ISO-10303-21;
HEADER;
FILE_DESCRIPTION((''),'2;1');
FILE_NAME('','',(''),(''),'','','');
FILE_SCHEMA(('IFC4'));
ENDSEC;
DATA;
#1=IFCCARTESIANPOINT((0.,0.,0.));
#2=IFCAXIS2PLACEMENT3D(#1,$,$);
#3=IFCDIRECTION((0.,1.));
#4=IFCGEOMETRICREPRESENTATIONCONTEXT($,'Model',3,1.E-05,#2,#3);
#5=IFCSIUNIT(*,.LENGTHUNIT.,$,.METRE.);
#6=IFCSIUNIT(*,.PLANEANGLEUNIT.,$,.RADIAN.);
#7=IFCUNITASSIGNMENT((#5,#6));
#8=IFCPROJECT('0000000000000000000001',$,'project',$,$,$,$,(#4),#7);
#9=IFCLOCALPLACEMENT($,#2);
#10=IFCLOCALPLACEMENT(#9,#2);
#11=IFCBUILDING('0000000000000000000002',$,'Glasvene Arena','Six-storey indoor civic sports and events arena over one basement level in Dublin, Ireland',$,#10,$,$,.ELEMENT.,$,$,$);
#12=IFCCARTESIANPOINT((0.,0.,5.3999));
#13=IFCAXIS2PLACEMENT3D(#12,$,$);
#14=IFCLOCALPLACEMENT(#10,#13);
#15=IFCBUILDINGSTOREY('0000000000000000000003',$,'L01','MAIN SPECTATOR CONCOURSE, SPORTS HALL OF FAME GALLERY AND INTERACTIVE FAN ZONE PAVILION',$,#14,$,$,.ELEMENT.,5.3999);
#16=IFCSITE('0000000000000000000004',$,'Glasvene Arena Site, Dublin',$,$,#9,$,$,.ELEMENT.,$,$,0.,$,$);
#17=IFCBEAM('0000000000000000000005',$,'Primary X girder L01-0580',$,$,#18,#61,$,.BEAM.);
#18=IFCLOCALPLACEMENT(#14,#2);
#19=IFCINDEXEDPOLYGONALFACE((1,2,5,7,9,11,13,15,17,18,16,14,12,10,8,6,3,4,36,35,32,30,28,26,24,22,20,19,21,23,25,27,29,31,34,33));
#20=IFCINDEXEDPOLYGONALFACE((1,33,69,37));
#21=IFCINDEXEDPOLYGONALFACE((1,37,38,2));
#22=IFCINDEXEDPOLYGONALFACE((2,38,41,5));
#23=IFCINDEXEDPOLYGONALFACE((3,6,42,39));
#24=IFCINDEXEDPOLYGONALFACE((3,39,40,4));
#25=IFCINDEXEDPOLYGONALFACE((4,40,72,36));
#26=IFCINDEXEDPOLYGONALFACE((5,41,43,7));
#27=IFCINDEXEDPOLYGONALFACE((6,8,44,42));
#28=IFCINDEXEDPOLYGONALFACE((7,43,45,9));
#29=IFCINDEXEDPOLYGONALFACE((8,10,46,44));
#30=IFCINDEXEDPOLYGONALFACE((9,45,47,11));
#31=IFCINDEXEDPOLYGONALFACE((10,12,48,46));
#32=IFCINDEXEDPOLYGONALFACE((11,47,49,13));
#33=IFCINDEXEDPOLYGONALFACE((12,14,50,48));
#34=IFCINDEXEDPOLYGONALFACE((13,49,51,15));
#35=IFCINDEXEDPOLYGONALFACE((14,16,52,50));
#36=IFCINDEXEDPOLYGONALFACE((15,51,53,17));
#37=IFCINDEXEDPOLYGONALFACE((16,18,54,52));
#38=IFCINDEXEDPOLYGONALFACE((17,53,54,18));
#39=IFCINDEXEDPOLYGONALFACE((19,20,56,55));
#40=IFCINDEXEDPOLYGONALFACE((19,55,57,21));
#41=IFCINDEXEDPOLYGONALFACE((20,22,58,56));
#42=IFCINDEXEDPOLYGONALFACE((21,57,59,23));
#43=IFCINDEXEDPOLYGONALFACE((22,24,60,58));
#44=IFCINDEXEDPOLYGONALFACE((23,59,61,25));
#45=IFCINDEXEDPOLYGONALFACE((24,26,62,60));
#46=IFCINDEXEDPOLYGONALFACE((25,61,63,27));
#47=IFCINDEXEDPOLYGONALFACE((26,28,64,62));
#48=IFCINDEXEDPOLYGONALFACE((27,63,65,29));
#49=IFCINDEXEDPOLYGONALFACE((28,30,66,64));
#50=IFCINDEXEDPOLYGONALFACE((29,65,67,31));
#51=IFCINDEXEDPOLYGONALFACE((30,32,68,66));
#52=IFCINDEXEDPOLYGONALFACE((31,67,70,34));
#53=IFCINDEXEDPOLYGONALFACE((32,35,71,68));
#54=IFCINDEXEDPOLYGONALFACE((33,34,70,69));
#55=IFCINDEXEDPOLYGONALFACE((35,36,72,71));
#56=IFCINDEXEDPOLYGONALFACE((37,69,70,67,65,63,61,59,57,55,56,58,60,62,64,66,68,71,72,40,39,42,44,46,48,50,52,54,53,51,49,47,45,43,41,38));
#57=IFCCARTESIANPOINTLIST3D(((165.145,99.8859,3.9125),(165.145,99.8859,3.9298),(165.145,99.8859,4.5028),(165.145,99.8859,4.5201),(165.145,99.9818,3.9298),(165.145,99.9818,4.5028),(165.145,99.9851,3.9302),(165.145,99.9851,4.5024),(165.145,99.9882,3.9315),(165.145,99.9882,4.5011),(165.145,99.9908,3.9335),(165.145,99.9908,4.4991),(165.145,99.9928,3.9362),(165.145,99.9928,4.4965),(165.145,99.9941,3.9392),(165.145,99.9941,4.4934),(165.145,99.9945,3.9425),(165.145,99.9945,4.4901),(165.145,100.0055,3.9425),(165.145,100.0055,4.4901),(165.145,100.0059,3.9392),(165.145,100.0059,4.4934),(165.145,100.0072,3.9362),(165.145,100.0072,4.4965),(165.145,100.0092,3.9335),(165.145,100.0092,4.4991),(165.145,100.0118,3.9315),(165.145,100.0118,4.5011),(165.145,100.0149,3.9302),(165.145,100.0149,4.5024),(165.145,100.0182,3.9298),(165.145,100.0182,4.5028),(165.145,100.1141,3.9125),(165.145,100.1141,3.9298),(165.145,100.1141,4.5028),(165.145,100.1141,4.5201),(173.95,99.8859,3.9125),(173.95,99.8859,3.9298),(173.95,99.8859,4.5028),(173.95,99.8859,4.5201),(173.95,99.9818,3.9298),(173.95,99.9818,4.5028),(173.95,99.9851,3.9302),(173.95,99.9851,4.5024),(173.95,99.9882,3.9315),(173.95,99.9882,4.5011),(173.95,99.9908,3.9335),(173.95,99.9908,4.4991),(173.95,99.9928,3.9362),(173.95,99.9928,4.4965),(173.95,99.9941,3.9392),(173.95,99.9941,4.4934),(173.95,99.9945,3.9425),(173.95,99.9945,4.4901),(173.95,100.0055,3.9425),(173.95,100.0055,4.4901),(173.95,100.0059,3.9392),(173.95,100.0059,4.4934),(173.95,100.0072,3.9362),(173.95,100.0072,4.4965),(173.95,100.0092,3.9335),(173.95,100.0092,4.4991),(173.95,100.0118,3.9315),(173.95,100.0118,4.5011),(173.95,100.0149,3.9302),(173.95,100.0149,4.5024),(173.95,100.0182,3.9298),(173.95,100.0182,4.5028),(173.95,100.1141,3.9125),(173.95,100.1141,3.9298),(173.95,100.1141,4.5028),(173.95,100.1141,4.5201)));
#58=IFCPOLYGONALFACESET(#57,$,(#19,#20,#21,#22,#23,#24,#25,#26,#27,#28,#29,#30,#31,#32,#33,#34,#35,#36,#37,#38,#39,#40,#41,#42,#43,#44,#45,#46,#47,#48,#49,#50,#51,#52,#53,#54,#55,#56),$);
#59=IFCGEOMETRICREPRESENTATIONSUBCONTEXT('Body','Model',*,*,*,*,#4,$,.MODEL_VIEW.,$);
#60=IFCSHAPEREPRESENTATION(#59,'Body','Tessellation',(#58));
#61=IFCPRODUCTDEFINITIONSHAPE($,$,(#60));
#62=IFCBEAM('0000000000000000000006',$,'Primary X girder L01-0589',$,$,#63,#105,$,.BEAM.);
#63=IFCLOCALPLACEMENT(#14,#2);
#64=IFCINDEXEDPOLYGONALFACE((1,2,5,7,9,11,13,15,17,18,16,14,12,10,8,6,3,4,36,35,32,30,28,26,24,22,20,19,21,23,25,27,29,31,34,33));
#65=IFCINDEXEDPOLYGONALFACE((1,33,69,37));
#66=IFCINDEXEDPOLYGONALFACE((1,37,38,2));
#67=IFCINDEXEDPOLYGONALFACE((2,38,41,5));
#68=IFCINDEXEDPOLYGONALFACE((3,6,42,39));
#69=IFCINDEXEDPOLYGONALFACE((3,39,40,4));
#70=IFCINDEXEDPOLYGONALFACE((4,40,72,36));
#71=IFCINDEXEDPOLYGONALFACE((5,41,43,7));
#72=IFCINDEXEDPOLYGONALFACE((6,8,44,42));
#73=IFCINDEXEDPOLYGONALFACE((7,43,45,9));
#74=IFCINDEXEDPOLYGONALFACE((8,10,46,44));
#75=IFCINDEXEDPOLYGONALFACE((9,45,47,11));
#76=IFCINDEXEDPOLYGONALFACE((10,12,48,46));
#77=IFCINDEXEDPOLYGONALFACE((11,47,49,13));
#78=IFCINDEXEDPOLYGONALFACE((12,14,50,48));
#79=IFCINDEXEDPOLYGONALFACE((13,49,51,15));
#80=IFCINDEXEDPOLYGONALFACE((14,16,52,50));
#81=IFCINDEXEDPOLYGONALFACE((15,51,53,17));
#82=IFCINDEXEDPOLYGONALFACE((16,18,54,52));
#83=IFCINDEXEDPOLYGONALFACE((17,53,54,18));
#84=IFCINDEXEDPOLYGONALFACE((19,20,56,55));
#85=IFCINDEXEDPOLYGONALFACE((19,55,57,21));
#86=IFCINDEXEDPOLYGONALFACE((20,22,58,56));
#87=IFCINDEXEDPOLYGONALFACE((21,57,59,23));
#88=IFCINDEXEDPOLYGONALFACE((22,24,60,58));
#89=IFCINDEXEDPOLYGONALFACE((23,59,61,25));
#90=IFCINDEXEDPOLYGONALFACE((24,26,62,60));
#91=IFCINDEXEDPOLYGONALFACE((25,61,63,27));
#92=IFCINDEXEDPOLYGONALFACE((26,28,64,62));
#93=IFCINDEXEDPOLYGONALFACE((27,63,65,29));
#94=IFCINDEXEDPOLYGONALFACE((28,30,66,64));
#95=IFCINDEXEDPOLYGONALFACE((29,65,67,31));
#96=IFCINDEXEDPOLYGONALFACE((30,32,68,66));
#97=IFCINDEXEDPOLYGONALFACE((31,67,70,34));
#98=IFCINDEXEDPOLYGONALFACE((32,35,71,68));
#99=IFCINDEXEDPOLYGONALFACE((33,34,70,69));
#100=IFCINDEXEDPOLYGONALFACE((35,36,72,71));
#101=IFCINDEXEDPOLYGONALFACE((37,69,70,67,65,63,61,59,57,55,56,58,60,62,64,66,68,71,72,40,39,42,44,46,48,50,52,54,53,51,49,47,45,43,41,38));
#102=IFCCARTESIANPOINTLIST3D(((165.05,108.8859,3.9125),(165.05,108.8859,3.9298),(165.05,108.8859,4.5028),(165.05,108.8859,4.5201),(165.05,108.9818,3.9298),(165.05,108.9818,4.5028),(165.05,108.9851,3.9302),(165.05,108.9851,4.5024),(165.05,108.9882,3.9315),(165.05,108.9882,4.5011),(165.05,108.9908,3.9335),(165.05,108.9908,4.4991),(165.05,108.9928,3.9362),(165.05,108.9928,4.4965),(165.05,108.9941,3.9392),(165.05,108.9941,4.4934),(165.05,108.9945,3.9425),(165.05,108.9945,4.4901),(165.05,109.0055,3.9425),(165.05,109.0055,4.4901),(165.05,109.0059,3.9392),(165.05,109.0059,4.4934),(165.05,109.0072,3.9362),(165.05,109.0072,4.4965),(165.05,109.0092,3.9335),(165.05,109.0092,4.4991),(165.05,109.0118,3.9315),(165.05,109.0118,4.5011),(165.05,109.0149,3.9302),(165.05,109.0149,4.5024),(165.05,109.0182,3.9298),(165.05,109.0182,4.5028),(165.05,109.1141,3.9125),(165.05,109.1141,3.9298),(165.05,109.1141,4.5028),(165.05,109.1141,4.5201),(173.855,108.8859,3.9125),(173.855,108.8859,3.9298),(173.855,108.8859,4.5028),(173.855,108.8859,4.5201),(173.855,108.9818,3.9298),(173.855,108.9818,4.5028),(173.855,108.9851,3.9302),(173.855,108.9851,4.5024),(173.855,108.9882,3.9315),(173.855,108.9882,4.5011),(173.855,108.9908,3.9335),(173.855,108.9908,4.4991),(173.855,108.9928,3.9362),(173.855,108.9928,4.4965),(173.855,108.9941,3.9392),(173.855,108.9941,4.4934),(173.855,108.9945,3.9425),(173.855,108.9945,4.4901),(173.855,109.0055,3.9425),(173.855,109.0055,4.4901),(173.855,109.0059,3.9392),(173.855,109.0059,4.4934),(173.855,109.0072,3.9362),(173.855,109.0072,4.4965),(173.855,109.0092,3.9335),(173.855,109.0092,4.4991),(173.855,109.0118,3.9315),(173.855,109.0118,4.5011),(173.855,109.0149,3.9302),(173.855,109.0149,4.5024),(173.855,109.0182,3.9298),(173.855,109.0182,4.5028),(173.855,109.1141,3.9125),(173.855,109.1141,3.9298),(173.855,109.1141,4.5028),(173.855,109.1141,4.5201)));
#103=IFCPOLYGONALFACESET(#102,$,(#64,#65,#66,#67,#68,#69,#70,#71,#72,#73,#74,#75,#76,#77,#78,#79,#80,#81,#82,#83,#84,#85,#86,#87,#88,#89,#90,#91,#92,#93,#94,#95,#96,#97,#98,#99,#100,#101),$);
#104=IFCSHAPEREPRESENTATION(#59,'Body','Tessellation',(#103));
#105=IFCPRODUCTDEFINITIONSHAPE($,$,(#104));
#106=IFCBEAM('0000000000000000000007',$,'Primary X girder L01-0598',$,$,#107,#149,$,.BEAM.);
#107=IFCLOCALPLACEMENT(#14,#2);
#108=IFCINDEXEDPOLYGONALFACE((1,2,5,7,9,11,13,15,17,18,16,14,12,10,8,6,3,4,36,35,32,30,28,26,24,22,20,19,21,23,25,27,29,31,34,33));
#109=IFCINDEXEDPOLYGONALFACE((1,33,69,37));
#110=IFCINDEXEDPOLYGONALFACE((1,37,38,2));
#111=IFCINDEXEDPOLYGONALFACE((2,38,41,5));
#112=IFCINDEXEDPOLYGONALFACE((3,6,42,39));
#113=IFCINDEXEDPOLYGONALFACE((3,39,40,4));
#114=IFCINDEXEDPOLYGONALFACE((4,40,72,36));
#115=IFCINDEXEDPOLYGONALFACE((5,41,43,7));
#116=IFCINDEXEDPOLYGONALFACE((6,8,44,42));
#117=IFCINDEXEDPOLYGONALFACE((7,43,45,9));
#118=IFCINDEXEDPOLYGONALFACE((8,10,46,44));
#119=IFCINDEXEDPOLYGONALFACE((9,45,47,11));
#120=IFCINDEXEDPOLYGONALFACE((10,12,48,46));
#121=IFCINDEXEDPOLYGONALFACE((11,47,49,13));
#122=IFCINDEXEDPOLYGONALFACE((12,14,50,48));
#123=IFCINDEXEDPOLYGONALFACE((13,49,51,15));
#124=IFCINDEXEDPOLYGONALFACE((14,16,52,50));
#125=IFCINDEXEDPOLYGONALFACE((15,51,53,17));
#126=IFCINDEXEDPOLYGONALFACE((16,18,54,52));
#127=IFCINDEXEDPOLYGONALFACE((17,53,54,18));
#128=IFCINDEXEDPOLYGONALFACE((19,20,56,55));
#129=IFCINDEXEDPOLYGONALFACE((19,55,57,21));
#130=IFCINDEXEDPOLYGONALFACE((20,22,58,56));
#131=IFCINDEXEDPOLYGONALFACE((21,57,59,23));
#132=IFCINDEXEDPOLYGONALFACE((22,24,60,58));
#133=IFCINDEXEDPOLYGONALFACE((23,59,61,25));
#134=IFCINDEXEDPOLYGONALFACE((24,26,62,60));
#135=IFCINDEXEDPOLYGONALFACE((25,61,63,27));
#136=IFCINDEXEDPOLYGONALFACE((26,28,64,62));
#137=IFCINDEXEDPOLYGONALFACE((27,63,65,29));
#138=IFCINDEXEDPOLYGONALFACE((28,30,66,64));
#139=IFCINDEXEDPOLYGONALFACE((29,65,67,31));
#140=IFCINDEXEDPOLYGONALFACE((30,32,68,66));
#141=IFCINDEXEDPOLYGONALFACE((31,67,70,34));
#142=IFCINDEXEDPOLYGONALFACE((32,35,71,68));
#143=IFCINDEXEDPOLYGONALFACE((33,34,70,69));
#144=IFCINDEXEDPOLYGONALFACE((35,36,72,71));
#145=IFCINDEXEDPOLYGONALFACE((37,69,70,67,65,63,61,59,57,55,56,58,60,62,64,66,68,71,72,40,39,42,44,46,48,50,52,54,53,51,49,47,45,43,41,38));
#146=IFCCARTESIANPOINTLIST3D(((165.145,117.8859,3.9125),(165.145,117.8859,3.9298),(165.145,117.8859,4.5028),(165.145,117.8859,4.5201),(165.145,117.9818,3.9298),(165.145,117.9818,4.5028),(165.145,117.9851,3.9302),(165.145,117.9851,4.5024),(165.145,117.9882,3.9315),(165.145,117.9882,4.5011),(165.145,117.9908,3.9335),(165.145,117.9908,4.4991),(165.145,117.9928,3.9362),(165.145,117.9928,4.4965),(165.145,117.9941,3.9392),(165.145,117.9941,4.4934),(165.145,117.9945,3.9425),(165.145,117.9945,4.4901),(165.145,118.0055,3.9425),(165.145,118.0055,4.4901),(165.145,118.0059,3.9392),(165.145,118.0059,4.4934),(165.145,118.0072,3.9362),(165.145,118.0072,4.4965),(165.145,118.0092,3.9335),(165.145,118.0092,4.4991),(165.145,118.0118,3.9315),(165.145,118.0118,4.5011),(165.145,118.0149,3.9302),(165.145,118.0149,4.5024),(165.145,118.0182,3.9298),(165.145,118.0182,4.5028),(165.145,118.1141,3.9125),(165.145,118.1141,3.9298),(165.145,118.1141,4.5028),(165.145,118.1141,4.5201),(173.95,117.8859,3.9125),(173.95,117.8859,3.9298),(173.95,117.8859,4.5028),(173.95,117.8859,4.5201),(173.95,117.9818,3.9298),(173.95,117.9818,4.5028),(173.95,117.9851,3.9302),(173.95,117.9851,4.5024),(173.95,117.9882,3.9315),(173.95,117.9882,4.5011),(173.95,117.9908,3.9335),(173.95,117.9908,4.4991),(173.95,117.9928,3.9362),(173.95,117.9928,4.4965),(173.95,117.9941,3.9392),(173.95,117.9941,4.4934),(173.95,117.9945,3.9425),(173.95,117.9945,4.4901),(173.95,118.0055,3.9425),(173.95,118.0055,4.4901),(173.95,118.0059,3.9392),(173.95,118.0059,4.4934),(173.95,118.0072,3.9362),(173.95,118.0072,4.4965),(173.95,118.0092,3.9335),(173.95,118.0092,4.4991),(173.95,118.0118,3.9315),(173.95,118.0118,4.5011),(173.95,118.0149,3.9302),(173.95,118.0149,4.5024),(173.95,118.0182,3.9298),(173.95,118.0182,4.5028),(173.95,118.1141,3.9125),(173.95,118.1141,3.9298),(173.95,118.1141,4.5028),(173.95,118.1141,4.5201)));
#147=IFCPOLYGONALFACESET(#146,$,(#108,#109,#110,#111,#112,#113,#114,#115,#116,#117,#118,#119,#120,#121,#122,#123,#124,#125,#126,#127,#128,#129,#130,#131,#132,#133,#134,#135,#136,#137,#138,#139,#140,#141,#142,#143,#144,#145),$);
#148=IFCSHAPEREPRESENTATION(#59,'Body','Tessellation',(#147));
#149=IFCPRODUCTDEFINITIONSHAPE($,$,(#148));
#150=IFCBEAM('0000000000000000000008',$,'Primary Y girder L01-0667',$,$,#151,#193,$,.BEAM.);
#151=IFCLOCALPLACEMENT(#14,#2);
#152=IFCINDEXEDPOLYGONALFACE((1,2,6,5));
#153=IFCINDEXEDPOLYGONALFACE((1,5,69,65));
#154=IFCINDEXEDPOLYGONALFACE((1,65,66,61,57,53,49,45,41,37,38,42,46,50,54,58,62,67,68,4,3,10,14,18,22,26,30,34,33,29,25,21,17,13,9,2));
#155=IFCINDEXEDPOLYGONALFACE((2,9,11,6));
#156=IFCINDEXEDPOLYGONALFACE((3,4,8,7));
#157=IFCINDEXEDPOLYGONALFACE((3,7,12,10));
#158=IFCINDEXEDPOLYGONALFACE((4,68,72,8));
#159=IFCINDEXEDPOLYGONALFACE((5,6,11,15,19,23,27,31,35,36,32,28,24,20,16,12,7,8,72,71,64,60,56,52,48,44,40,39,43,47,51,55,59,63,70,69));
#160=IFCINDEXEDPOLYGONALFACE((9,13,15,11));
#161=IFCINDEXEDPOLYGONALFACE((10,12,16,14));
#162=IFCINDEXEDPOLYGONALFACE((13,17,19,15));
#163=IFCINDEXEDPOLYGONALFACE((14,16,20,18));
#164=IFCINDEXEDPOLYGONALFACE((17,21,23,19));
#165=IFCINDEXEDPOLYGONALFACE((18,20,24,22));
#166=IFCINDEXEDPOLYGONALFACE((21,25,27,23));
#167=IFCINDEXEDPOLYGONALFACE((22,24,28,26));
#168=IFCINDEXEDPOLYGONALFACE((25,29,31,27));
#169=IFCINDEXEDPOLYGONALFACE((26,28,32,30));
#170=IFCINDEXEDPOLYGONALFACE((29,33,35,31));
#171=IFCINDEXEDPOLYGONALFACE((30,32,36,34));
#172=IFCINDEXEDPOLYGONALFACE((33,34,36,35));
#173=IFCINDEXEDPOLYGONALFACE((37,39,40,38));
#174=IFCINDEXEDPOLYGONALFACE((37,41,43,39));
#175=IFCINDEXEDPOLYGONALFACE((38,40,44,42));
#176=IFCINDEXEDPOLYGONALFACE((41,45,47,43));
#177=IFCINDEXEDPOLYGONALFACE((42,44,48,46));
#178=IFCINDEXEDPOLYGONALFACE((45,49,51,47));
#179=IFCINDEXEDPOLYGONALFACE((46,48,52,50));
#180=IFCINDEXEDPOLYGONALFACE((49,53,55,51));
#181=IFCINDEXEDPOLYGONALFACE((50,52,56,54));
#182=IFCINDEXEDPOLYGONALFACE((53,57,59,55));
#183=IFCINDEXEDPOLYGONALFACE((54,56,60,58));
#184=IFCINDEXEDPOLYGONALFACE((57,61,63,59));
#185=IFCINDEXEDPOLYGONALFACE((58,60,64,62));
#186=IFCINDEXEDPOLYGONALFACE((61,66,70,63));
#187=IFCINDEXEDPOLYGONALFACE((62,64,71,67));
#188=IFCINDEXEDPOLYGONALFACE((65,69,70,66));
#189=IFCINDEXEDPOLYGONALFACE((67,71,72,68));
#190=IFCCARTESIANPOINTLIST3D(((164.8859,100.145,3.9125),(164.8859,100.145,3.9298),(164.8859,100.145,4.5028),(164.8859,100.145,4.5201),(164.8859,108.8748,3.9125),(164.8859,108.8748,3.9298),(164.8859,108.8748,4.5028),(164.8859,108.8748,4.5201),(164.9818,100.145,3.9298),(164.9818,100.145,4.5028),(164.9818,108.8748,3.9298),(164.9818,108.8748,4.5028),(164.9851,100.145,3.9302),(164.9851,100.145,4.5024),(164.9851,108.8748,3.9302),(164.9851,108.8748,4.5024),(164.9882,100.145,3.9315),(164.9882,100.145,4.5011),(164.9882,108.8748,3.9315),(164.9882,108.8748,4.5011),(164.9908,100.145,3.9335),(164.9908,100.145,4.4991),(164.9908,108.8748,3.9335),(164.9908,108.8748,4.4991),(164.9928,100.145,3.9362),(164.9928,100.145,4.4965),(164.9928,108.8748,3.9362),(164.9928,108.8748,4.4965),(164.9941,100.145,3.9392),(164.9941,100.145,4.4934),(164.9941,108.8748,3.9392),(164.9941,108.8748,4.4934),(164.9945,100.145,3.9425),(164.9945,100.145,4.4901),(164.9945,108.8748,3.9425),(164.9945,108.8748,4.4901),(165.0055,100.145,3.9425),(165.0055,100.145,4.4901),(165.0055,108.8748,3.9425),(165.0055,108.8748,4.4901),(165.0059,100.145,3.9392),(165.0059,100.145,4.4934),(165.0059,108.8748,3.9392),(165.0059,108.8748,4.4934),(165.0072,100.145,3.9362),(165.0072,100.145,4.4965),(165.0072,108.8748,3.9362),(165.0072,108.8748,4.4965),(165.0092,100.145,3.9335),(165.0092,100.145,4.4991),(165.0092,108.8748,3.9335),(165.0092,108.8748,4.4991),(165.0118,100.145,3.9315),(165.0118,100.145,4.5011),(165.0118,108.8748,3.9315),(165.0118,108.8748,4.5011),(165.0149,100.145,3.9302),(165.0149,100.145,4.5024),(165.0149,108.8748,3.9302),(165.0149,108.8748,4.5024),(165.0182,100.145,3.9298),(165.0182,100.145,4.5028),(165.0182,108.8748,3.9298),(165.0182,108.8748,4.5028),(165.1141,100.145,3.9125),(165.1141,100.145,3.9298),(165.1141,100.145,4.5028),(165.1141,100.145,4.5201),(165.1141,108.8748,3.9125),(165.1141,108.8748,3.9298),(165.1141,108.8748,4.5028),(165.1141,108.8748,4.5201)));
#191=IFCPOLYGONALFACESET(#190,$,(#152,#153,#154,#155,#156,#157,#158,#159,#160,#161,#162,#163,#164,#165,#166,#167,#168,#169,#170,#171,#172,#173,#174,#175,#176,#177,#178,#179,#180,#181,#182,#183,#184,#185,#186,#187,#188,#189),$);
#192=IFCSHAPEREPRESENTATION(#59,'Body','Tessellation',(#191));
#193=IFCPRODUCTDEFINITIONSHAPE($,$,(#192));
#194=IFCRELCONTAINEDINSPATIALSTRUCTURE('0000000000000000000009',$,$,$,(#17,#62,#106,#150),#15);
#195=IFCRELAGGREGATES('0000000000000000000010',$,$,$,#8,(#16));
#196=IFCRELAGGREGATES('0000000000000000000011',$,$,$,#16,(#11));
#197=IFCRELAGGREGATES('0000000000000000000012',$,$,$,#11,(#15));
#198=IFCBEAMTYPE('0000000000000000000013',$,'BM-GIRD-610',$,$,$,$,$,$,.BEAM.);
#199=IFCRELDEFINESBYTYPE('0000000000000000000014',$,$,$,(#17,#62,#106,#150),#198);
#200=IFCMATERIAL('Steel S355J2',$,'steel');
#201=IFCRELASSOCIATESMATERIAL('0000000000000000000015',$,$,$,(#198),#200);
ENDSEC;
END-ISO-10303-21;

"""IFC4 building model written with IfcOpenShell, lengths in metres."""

from ifc_helpers import new_model, si_unit, direction, frame, origin, origin_2d, place, context, subcontext, project, spatial, i_section, extrude, material, material_profile, profile_set, type_object, element, save


model = new_model("IFC4")

# Units and contexts
model_context = context("Model", 3, precision=1e-05, world=origin(), true_north=direction((0.0, 1.0)))
body_context = subcontext(model_context, "Body", "Model", "MODEL_VIEW")
ifc_project = project(units=[si_unit("LENGTHUNIT", "METRE"), si_unit("PLANEANGLEUNIT", "RADIAN")], contexts=[model_context])

# Site, building, storey
site_placement = place(None, origin())
site = spatial("IfcSite", under=ifc_project, at=site_placement, Name="Glasvene Arena Site, Dublin", CompositionType="ELEMENT", RefElevation=0.0)
building_placement = place(site_placement, origin())
building = spatial("IfcBuilding", under=site, at=building_placement, Name="Glasvene Arena", Description="Six-storey indoor civic sports and events arena over one basement level in Dublin, Ireland", CompositionType="ELEMENT")
storey_placement = place(building_placement, frame((0.0, 0.0, 5.3999)))
storey = spatial("IfcBuildingStorey", under=building, at=storey_placement, Name="L01", Description="MAIN SPECTATOR CONCOURSE, SPORTS HALL OF FAME GALLERY AND INTERACTIVE FAN ZONE PAVILION", CompositionType="ELEMENT", Elevation=5.3999)

# Shared definitions
ifc_material_1 = material(Name="Steel S355J2", Category="steel")

# Beams
ifc_material_profile_1 = material_profile(ifc_material_1, i_section(OverallWidth=0.2283, OverallDepth=0.6077, WebThickness=0.011, FlangeThickness=0.0173, FilletRadius=0.0127, at=origin_2d()), Name="UKB 610x229x113")
ifc_profile_set_1 = profile_set([ifc_material_profile_1], Name="Steel S355J2")
beam_type_1 = type_object("IfcBeamType", Name="BM-GIRD-610", PredefinedType="BEAM", material=ifc_profile_set_1)
for number, where, z_axis, x_axis, name in (
    (1, (165.145, 100.0, 4.2163), (1.0, 0.0, 0.0), (0.0, 1.0, 0.0), "Primary X girder L01-0580"),
    (2, (165.05, 109.0, 4.2163), (1.0, 0.0, 0.0), (0.0, 1.0, 0.0), "Primary X girder L01-0589"),
    (3, (165.145, 118.0, 4.2163), (1.0, 0.0, 0.0), (0.0, 1.0, 0.0), "Primary X girder L01-0598"),
):
    element("IfcBeam", number, at=place(storey_placement, frame(where, z_axis=z_axis, x_axis=x_axis)), inside=storey, type_object=beam_type_1, Name=name, PredefinedType="BEAM", context=body_context, shape_type="SweptSolid", body=[
        extrude(i_section(OverallWidth=0.2283, OverallDepth=0.6077, WebThickness=0.011, FlangeThickness=0.0173, FilletRadius=0.0127, at=origin_2d()), origin(), (0.0, 0.0, 1.0), 8.8049),
    ])
for number, where, z_axis, x_axis, name in (
    (4, (165.0, 100.145, 4.2163), (0.0, 1.0, 0.0), (-1.0, 0.0, 0.0), "Primary Y girder L01-0667"),
):
    element("IfcBeam", number, at=place(storey_placement, frame(where, z_axis=z_axis, x_axis=x_axis)), inside=storey, type_object=beam_type_1, Name=name, PredefinedType="BEAM", context=body_context, shape_type="SweptSolid", body=[
        extrude(i_section(OverallWidth=0.2283, OverallDepth=0.6077, WebThickness=0.011, FlangeThickness=0.0173, FilletRadius=0.0127, at=origin_2d()), origin(), (0.0, 0.0, 1.0), 8.7297),
    ])

save(model, "model.ifc")
